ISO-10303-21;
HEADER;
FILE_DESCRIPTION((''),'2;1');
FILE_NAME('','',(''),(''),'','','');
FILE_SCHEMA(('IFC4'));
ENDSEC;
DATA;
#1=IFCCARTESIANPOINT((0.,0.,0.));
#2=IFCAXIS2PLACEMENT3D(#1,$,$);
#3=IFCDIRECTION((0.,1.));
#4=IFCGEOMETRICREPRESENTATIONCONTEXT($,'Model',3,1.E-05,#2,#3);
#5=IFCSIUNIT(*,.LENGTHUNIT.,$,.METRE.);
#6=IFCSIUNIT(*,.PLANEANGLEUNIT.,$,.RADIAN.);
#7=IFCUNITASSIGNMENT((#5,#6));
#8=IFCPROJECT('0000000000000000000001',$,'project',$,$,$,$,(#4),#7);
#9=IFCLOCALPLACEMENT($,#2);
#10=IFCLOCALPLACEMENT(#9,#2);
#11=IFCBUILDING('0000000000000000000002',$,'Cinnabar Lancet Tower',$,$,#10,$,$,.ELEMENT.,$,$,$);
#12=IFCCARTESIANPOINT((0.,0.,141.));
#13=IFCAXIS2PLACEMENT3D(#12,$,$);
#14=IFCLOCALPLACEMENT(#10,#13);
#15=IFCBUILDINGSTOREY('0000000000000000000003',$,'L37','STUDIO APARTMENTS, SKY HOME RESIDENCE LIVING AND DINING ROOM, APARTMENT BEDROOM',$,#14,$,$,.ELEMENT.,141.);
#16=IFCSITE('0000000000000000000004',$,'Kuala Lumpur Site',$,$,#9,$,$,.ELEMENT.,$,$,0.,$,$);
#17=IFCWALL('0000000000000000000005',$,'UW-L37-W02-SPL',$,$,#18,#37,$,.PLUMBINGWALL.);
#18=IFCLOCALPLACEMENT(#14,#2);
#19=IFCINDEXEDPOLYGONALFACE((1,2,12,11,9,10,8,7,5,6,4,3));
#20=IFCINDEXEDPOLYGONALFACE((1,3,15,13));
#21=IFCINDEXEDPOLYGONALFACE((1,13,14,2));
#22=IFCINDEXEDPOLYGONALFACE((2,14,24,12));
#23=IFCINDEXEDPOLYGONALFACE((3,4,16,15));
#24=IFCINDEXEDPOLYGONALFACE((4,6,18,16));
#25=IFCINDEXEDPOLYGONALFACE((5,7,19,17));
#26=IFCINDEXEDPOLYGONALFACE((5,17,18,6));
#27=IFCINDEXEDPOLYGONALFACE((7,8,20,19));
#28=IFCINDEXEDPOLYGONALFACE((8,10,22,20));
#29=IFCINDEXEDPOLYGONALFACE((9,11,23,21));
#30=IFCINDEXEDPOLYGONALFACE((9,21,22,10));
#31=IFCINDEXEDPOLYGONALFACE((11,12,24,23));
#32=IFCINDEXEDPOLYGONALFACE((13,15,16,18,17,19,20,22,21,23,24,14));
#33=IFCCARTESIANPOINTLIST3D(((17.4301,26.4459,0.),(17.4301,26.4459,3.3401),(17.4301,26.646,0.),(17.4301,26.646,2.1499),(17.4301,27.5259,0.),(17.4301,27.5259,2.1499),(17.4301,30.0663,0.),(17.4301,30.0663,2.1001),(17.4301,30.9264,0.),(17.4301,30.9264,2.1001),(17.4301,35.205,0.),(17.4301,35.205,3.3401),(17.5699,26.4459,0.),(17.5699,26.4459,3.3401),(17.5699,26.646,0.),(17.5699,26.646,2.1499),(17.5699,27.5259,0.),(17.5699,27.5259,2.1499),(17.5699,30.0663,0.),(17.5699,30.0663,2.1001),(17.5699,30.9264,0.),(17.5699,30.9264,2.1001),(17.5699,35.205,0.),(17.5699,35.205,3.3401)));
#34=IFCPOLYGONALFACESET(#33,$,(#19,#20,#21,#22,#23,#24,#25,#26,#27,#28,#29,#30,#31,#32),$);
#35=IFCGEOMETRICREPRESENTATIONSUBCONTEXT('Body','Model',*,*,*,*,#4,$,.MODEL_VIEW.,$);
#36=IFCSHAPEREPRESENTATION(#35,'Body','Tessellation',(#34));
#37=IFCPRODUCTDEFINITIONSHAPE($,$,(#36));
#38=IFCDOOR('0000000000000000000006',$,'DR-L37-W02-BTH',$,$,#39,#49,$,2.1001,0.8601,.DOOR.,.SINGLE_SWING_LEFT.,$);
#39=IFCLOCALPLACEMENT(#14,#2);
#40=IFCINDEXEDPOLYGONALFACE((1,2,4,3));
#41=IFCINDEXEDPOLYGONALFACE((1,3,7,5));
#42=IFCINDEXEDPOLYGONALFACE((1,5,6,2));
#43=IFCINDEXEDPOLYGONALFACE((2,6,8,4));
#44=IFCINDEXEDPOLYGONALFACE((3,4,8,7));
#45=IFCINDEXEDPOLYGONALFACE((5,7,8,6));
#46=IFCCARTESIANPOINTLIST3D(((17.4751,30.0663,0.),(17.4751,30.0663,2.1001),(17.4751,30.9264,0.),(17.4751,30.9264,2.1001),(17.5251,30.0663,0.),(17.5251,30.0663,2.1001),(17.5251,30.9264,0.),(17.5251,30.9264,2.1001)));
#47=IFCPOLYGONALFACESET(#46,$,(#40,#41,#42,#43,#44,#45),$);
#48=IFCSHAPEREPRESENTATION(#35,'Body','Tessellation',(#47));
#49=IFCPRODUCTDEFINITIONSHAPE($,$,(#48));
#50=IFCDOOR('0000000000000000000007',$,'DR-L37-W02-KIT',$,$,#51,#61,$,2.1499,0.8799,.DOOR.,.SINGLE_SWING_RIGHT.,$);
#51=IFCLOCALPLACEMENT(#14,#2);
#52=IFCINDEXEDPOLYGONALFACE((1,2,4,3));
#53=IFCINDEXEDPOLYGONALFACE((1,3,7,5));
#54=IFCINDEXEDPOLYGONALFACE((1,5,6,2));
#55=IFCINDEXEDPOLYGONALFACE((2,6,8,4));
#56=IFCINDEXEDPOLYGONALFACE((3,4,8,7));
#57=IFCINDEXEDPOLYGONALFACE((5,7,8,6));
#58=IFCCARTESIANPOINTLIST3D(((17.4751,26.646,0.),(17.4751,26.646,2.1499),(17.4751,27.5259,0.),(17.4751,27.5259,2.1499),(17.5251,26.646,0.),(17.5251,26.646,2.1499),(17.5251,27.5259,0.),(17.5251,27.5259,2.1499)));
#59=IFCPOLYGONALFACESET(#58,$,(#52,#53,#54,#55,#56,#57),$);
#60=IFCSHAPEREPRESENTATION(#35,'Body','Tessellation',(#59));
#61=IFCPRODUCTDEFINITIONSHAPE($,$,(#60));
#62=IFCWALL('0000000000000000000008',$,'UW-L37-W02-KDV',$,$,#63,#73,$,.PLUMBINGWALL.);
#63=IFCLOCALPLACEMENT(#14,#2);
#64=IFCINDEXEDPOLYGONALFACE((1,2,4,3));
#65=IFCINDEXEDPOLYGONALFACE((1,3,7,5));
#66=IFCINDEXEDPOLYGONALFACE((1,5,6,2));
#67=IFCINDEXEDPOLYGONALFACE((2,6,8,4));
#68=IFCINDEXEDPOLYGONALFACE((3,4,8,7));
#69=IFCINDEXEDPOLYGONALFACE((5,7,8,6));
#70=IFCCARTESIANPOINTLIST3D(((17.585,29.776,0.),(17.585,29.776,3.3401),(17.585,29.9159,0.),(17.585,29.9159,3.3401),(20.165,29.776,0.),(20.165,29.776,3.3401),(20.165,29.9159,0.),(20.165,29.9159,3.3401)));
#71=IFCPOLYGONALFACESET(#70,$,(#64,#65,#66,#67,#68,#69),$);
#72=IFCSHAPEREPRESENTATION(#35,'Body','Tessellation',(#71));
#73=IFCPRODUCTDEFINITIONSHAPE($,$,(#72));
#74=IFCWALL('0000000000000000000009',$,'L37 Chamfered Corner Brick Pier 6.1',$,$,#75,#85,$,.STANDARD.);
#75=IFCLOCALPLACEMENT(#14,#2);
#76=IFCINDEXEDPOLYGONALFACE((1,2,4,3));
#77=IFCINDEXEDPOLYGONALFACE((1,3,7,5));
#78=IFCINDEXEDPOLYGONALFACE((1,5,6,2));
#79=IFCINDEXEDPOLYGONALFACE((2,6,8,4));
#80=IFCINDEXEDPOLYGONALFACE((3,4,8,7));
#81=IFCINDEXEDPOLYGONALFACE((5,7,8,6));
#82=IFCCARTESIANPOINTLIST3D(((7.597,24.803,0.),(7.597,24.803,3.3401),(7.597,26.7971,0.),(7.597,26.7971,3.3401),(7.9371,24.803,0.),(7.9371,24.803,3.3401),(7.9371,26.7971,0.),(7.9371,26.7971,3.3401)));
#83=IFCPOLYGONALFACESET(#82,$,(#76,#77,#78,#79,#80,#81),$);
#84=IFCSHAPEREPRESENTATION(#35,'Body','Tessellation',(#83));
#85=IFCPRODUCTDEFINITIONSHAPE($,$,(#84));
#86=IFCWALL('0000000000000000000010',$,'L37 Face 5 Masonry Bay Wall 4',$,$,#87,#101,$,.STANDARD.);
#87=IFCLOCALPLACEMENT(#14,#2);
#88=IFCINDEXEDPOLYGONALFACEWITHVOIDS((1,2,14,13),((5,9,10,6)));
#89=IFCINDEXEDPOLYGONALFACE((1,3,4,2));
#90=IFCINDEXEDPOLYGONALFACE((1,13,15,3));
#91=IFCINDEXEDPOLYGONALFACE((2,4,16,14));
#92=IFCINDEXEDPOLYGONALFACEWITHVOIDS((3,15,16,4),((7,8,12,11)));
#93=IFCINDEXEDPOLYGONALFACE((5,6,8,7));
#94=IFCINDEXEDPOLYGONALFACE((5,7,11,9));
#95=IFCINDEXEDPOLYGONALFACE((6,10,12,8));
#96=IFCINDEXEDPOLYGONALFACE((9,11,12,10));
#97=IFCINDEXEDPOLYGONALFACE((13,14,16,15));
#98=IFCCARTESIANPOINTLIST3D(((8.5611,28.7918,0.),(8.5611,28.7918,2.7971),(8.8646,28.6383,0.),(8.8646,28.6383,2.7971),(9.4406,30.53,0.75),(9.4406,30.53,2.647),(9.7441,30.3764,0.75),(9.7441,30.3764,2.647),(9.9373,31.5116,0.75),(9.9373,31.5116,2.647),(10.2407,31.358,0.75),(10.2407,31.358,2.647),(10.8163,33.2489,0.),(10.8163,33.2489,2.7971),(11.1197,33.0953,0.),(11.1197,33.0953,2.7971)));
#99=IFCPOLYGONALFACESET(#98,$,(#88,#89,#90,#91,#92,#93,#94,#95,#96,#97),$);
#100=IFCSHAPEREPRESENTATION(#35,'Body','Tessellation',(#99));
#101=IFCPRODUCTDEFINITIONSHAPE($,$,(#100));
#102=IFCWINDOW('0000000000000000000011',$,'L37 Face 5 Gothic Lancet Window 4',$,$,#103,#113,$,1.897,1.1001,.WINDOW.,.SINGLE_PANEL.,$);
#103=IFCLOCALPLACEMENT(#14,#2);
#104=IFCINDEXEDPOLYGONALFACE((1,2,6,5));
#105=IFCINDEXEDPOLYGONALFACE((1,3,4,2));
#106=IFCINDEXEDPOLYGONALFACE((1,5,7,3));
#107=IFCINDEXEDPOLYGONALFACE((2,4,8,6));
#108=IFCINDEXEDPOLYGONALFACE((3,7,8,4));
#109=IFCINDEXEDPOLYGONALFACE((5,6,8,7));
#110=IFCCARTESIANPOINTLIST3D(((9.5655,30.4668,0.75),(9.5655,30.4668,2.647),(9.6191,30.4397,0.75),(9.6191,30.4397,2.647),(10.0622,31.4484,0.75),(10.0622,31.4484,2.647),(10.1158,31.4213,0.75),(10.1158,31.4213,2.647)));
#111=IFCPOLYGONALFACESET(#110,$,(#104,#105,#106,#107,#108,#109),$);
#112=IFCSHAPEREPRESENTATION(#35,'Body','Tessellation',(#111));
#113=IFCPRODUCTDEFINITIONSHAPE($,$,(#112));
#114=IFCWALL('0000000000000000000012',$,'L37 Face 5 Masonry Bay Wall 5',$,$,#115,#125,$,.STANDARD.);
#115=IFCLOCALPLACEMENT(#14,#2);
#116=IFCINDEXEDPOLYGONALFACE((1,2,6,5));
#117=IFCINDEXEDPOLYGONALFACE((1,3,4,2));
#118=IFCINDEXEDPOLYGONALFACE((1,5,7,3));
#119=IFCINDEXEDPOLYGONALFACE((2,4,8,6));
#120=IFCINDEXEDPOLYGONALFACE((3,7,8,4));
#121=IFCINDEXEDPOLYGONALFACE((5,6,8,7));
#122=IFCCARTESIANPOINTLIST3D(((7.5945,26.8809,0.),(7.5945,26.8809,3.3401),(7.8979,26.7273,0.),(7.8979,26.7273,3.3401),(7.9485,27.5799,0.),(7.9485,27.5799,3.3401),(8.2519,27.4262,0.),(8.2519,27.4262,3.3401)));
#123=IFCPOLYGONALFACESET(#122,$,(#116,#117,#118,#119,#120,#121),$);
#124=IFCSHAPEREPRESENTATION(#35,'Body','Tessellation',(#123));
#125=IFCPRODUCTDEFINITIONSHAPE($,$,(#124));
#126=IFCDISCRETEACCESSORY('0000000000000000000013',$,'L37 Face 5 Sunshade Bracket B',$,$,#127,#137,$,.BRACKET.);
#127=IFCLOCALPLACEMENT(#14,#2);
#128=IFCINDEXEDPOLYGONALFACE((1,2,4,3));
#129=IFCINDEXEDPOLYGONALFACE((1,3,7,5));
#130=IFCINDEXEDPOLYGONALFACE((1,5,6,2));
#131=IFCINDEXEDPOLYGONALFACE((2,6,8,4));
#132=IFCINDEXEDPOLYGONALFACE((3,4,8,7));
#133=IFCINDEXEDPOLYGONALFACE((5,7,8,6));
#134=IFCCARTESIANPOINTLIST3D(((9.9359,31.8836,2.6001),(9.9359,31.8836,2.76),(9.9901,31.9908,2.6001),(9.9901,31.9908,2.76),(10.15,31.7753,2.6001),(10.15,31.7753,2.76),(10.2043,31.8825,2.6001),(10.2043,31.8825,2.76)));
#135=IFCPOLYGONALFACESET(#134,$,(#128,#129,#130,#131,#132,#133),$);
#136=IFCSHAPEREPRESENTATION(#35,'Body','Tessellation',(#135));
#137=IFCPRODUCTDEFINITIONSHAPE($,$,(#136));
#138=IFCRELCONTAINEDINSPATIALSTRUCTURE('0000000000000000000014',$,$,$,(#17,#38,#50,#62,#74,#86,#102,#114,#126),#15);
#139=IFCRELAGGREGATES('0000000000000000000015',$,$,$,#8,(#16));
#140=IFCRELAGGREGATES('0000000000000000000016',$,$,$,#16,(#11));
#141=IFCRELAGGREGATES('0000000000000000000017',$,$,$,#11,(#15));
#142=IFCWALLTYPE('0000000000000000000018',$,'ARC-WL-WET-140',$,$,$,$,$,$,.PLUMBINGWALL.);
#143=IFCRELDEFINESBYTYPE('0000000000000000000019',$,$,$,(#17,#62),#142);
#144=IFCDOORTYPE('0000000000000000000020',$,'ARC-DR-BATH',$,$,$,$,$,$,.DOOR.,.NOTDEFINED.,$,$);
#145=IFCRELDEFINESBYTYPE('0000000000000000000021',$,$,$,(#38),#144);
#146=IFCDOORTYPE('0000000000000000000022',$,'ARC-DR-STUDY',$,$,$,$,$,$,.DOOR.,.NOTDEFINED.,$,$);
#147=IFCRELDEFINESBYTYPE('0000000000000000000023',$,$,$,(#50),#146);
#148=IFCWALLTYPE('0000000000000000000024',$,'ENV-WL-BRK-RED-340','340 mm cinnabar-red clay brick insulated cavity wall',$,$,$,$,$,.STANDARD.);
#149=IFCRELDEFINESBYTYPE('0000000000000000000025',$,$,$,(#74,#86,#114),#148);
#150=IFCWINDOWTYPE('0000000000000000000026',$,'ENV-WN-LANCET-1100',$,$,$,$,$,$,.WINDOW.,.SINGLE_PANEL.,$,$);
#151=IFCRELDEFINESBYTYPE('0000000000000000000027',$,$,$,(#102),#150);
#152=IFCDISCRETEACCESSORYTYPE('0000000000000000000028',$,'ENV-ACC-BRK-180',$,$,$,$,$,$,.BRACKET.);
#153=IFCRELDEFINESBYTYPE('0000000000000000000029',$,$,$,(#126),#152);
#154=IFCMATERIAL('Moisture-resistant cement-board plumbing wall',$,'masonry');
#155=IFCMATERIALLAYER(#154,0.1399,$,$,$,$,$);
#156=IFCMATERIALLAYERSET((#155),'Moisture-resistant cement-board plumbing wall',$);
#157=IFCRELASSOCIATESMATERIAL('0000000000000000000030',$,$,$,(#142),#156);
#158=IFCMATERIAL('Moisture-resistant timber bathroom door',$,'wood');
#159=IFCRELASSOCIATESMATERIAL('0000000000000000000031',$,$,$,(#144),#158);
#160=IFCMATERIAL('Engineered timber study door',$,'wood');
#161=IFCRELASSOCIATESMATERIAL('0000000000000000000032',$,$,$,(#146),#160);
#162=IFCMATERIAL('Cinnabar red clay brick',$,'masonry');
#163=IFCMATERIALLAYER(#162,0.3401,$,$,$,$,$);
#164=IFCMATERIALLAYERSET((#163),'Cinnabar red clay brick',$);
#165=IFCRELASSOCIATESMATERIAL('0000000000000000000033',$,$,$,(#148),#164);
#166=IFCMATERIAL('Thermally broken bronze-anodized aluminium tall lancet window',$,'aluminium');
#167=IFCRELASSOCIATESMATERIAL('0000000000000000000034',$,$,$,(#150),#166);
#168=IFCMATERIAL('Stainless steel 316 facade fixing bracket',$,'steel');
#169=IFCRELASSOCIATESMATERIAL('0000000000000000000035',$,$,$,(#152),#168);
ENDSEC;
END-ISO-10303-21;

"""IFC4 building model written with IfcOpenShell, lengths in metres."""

from ifc_helpers import new_model, si_unit, direction, frame, frame_2d, origin, origin_2d, place, context, subcontext, project, spatial, rectangle, extrude, material, layer, layer_set, type_object, element, fill, save


model = new_model("IFC4")

# Units and contexts
model_context = context("Model", 3, precision=1e-05, world=origin(), true_north=direction((0.0, 1.0)))
body_context = subcontext(model_context, "Body", "Model", "MODEL_VIEW")
ifc_project = project(units=[si_unit("LENGTHUNIT", "METRE"), si_unit("PLANEANGLEUNIT", "RADIAN")], contexts=[model_context])

# Site, building, storey
site_placement = place(None, origin())
site = spatial("IfcSite", under=ifc_project, at=site_placement, Name="Kuala Lumpur Site", CompositionType="ELEMENT", RefElevation=0.0)
building_placement = place(site_placement, origin())
building = spatial("IfcBuilding", under=site, at=building_placement, Name="Cinnabar Lancet Tower", CompositionType="ELEMENT")
storey_placement = place(building_placement, frame((0.0, 0.0, 141.0)))
storey = spatial("IfcBuildingStorey", under=building, at=storey_placement, Name="L37", Description="STUDIO APARTMENTS, SKY HOME RESIDENCE LIVING AND DINING ROOM, APARTMENT BEDROOM", CompositionType="ELEMENT", Elevation=141.0)

# Wall, openings, doors
ifc_material_1 = material(Name="Moisture-resistant cement-board plumbing wall", Category="masonry")
ifc_layer_1 = layer(ifc_material_1, 0.1399)
ifc_layer_set_1 = layer_set([ifc_layer_1], Name="Moisture-resistant cement-board plumbing wall")
wall_type_1 = type_object("IfcWallType", Name="ARC-WL-WET-140", PredefinedType="PLUMBINGWALL", material=ifc_layer_set_1)
wall_1_placement = place(storey_placement, frame((17.5, 26.446, 0.0), z_axis=(0.0, 0.0, 1.0), x_axis=(0.0, 1.0, 0.0)))
wall_1 = element("IfcWall", 1, at=wall_1_placement, inside=storey, type_object=wall_type_1, Name="UW-L37-W02-SPL", PredefinedType="PLUMBINGWALL", context=body_context, shape_type="SweptSolid", body=[
    extrude(rectangle(XDim=8.759, YDim=0.1399, at=frame_2d((4.3794, 0.0))), origin(), (0.0, 0.0, 1.0), 3.3401),
])
opening_1_placement = place(wall_1_placement, frame((3.6201, 0.0, 0.0)))
opening_1 = element("IfcOpeningElement", 2, at=opening_1_placement, cuts=wall_1, PredefinedType="OPENING", context=body_context, shape_type="SweptSolid", body=[
    extrude(rectangle(XDim=0.8601, YDim=2.1001, at=frame_2d((0.4302, 1.05))), frame((0.0, 0.0798, 0.0), z_axis=(0.0, -1.0, 0.0), x_axis=(1.0, 0.0, 0.0)), (0.0, 0.0, 1.0), 0.1599),
])
opening_2_placement = place(wall_1_placement, frame((0.2, 0.0, 0.0)))
opening_2 = element("IfcOpeningElement", 3, at=opening_2_placement, cuts=wall_1, PredefinedType="OPENING", context=body_context, shape_type="SweptSolid", body=[
    extrude(rectangle(XDim=0.8799, YDim=2.1499, at=frame_2d((0.4399, 1.075))), frame((0.0, 0.0798, 0.0), z_axis=(0.0, -1.0, 0.0), x_axis=(1.0, 0.0, 0.0)), (0.0, 0.0, 1.0), 0.1599),
])
ifc_material_2 = material(Name="Moisture-resistant timber bathroom door", Category="wood")
door_type_1 = type_object("IfcDoorType", Name="ARC-DR-BATH", OperationType="NOTDEFINED", PredefinedType="DOOR", material=ifc_material_2)
door_1_placement = place(opening_1_placement, origin())
door_1 = element("IfcDoor", 4, at=door_1_placement, inside=storey, type_object=door_type_1, Name="DR-L37-W02-BTH", OperationType="SINGLE_SWING_LEFT", OverallHeight=2.1001, OverallWidth=0.8601, PredefinedType="DOOR", context=body_context, shape_type="SweptSolid", body=[
    extrude(rectangle(XDim=0.8601, YDim=2.1001, at=frame_2d((0.4302, 1.05))), frame((0.0, 0.0249, 0.0), z_axis=(0.0, -1.0, 0.0), x_axis=(1.0, 0.0, 0.0)), (0.0, 0.0, 1.0), 0.05),
])
fill(opening_1, door_1)
ifc_material_3 = material(Name="Engineered timber study door", Category="wood")
door_type_2 = type_object("IfcDoorType", Name="ARC-DR-STUDY", OperationType="NOTDEFINED", PredefinedType="DOOR", material=ifc_material_3)
door_2_placement = place(opening_2_placement, origin())
door_2 = element("IfcDoor", 5, at=door_2_placement, inside=storey, type_object=door_type_2, Name="DR-L37-W02-KIT", OperationType="SINGLE_SWING_RIGHT", OverallHeight=2.1499, OverallWidth=0.8799, PredefinedType="DOOR", context=body_context, shape_type="SweptSolid", body=[
    extrude(rectangle(XDim=0.8799, YDim=2.1499, at=frame_2d((0.4399, 1.075))), frame((0.0, 0.0249, 0.0), z_axis=(0.0, -1.0, 0.0), x_axis=(1.0, 0.0, 0.0)), (0.0, 0.0, 1.0), 0.05),
])
fill(opening_2, door_2)

# Walls
wall_2_placement = place(storey_placement, frame((17.585, 29.8459, 0.0), z_axis=(0.0, 0.0, 1.0), x_axis=(1.0, 0.0, 0.0)))
element("IfcWall", 6, at=wall_2_placement, inside=storey, type_object=wall_type_1, Name="UW-L37-W02-KDV", PredefinedType="PLUMBINGWALL", context=body_context, shape_type="SweptSolid", body=[
    extrude(rectangle(XDim=2.5801, YDim=0.1399, at=frame_2d((1.29, 0.0))), origin(), (0.0, 0.0, 1.0), 3.3401),
])
ifc_material_4 = material(Name="Cinnabar red clay brick", Category="masonry")
ifc_layer_2 = layer(ifc_material_4, 0.3401)
ifc_layer_set_2 = layer_set([ifc_layer_2], Name="Cinnabar red clay brick")
wall_type_2 = type_object("IfcWallType", Name="ENV-WL-BRK-RED-340", Description="340 mm cinnabar-red clay brick insulated cavity wall", PredefinedType="STANDARD", material=ifc_layer_set_2)
wall_3_placement = place(storey_placement, frame((7.7671, 26.7971, 0.0), z_axis=(0.0, 0.0, 1.0), x_axis=(0.0, -1.0, 0.0)))
element("IfcWall", 7, at=wall_3_placement, inside=storey, type_object=wall_type_2, Name="L37 Chamfered Corner Brick Pier 6.1", PredefinedType="STANDARD", context=body_context, shape_type="SweptSolid", body=[
    extrude(rectangle(XDim=1.9941, YDim=0.3401, at=frame_2d((0.9971, 0.0))), origin(), (0.0, 0.0, 1.0), 3.3401),
])

# Wall, opening, window
wall_4_placement = place(storey_placement, frame((10.968, 33.1721, 0.0), z_axis=(0.0, 0.0, 1.0), x_axis=(-0.451471, -0.892286, 0.0)))
wall_4 = element("IfcWall", 8, at=wall_4_placement, inside=storey, type_object=wall_type_2, Name="L37 Face 5 Masonry Bay Wall 4", PredefinedType="STANDARD", context=body_context, shape_type="SweptSolid", body=[
    extrude(rectangle(XDim=4.9951, YDim=0.3401, at=frame_2d((2.4976, 0.0))), origin(), (0.0, 0.0, 1.0), 2.7971),
])
opening_3_placement = place(wall_4_placement, frame((1.947, 0.0, 0.75)))
opening_3 = element("IfcOpeningElement", 9, at=opening_3_placement, cuts=wall_4, PredefinedType="OPENING", context=body_context, shape_type="SweptSolid", body=[
    extrude(rectangle(XDim=1.1001, YDim=1.897, at=frame_2d((0.55, 0.9485))), frame((0.0, 0.1799, 0.0), z_axis=(0.0, -1.0, 0.0), x_axis=(1.0, 0.0, 0.0)), (0.0, 0.0, 1.0), 0.3601),
])
ifc_material_5 = material(Name="Thermally broken bronze-anodized aluminium tall lancet window", Category="aluminium")
window_type = type_object("IfcWindowType", Name="ENV-WN-LANCET-1100", PartitioningType="SINGLE_PANEL", PredefinedType="WINDOW", material=ifc_material_5)
window_placement = place(opening_3_placement, origin())
window = element("IfcWindow", 10, at=window_placement, inside=storey, type_object=window_type, Name="L37 Face 5 Gothic Lancet Window 4", OverallHeight=1.897, OverallWidth=1.1001, PartitioningType="SINGLE_PANEL", PredefinedType="WINDOW", context=body_context, shape_type="SweptSolid", body=[
    extrude(rectangle(XDim=1.1001, YDim=1.897, at=frame_2d((0.55, 0.9485))), frame((0.0, 0.03, 0.0), z_axis=(0.0, -1.0, 0.0), x_axis=(1.0, 0.0, 0.0)), (0.0, 0.0, 1.0), 0.0601),
])
fill(opening_3, window)

# Wall
wall_5_placement = place(storey_placement, frame((8.1001, 27.5029, 0.0), z_axis=(0.0, 0.0, 1.0), x_axis=(-0.451819, -0.892109, 0.0)))
element("IfcWall", 11, at=wall_5_placement, inside=storey, type_object=wall_type_2, Name="L37 Face 5 Masonry Bay Wall 5", PredefinedType="STANDARD", context=body_context, shape_type="SweptSolid", body=[
    extrude(rectangle(XDim=0.7834, YDim=0.3401, at=frame_2d((0.3916, 0.0))), origin(), (0.0, 0.0, 1.0), 3.3401),
])

# Discrete accessory
ifc_material_6 = material(Name="Stainless steel 316 facade fixing bracket", Category="steel")
discrete_accessory_type = type_object("IfcDiscreteAccessoryType", Name="ENV-ACC-BRK-180", PredefinedType="BRACKET", material=ifc_material_6)
discrete_accessory_placement = place(storey_placement, frame((10.0701, 31.8831, 2.6001), z_axis=(0.0, 0.0, 1.0), x_axis=(-0.451454, -0.892294, 0.0)))
element("IfcDiscreteAccessory", 12, at=discrete_accessory_placement, inside=storey, type_object=discrete_accessory_type, Name="L37 Face 5 Sunshade Bracket B", PredefinedType="BRACKET", context=body_context, shape_type="SweptSolid", body=[
    extrude(rectangle(XDim=0.1201, YDim=0.24, at=origin_2d()), origin(), (0.0, 0.0, 1.0), 0.1599),
])

save(model, "model.ifc")
